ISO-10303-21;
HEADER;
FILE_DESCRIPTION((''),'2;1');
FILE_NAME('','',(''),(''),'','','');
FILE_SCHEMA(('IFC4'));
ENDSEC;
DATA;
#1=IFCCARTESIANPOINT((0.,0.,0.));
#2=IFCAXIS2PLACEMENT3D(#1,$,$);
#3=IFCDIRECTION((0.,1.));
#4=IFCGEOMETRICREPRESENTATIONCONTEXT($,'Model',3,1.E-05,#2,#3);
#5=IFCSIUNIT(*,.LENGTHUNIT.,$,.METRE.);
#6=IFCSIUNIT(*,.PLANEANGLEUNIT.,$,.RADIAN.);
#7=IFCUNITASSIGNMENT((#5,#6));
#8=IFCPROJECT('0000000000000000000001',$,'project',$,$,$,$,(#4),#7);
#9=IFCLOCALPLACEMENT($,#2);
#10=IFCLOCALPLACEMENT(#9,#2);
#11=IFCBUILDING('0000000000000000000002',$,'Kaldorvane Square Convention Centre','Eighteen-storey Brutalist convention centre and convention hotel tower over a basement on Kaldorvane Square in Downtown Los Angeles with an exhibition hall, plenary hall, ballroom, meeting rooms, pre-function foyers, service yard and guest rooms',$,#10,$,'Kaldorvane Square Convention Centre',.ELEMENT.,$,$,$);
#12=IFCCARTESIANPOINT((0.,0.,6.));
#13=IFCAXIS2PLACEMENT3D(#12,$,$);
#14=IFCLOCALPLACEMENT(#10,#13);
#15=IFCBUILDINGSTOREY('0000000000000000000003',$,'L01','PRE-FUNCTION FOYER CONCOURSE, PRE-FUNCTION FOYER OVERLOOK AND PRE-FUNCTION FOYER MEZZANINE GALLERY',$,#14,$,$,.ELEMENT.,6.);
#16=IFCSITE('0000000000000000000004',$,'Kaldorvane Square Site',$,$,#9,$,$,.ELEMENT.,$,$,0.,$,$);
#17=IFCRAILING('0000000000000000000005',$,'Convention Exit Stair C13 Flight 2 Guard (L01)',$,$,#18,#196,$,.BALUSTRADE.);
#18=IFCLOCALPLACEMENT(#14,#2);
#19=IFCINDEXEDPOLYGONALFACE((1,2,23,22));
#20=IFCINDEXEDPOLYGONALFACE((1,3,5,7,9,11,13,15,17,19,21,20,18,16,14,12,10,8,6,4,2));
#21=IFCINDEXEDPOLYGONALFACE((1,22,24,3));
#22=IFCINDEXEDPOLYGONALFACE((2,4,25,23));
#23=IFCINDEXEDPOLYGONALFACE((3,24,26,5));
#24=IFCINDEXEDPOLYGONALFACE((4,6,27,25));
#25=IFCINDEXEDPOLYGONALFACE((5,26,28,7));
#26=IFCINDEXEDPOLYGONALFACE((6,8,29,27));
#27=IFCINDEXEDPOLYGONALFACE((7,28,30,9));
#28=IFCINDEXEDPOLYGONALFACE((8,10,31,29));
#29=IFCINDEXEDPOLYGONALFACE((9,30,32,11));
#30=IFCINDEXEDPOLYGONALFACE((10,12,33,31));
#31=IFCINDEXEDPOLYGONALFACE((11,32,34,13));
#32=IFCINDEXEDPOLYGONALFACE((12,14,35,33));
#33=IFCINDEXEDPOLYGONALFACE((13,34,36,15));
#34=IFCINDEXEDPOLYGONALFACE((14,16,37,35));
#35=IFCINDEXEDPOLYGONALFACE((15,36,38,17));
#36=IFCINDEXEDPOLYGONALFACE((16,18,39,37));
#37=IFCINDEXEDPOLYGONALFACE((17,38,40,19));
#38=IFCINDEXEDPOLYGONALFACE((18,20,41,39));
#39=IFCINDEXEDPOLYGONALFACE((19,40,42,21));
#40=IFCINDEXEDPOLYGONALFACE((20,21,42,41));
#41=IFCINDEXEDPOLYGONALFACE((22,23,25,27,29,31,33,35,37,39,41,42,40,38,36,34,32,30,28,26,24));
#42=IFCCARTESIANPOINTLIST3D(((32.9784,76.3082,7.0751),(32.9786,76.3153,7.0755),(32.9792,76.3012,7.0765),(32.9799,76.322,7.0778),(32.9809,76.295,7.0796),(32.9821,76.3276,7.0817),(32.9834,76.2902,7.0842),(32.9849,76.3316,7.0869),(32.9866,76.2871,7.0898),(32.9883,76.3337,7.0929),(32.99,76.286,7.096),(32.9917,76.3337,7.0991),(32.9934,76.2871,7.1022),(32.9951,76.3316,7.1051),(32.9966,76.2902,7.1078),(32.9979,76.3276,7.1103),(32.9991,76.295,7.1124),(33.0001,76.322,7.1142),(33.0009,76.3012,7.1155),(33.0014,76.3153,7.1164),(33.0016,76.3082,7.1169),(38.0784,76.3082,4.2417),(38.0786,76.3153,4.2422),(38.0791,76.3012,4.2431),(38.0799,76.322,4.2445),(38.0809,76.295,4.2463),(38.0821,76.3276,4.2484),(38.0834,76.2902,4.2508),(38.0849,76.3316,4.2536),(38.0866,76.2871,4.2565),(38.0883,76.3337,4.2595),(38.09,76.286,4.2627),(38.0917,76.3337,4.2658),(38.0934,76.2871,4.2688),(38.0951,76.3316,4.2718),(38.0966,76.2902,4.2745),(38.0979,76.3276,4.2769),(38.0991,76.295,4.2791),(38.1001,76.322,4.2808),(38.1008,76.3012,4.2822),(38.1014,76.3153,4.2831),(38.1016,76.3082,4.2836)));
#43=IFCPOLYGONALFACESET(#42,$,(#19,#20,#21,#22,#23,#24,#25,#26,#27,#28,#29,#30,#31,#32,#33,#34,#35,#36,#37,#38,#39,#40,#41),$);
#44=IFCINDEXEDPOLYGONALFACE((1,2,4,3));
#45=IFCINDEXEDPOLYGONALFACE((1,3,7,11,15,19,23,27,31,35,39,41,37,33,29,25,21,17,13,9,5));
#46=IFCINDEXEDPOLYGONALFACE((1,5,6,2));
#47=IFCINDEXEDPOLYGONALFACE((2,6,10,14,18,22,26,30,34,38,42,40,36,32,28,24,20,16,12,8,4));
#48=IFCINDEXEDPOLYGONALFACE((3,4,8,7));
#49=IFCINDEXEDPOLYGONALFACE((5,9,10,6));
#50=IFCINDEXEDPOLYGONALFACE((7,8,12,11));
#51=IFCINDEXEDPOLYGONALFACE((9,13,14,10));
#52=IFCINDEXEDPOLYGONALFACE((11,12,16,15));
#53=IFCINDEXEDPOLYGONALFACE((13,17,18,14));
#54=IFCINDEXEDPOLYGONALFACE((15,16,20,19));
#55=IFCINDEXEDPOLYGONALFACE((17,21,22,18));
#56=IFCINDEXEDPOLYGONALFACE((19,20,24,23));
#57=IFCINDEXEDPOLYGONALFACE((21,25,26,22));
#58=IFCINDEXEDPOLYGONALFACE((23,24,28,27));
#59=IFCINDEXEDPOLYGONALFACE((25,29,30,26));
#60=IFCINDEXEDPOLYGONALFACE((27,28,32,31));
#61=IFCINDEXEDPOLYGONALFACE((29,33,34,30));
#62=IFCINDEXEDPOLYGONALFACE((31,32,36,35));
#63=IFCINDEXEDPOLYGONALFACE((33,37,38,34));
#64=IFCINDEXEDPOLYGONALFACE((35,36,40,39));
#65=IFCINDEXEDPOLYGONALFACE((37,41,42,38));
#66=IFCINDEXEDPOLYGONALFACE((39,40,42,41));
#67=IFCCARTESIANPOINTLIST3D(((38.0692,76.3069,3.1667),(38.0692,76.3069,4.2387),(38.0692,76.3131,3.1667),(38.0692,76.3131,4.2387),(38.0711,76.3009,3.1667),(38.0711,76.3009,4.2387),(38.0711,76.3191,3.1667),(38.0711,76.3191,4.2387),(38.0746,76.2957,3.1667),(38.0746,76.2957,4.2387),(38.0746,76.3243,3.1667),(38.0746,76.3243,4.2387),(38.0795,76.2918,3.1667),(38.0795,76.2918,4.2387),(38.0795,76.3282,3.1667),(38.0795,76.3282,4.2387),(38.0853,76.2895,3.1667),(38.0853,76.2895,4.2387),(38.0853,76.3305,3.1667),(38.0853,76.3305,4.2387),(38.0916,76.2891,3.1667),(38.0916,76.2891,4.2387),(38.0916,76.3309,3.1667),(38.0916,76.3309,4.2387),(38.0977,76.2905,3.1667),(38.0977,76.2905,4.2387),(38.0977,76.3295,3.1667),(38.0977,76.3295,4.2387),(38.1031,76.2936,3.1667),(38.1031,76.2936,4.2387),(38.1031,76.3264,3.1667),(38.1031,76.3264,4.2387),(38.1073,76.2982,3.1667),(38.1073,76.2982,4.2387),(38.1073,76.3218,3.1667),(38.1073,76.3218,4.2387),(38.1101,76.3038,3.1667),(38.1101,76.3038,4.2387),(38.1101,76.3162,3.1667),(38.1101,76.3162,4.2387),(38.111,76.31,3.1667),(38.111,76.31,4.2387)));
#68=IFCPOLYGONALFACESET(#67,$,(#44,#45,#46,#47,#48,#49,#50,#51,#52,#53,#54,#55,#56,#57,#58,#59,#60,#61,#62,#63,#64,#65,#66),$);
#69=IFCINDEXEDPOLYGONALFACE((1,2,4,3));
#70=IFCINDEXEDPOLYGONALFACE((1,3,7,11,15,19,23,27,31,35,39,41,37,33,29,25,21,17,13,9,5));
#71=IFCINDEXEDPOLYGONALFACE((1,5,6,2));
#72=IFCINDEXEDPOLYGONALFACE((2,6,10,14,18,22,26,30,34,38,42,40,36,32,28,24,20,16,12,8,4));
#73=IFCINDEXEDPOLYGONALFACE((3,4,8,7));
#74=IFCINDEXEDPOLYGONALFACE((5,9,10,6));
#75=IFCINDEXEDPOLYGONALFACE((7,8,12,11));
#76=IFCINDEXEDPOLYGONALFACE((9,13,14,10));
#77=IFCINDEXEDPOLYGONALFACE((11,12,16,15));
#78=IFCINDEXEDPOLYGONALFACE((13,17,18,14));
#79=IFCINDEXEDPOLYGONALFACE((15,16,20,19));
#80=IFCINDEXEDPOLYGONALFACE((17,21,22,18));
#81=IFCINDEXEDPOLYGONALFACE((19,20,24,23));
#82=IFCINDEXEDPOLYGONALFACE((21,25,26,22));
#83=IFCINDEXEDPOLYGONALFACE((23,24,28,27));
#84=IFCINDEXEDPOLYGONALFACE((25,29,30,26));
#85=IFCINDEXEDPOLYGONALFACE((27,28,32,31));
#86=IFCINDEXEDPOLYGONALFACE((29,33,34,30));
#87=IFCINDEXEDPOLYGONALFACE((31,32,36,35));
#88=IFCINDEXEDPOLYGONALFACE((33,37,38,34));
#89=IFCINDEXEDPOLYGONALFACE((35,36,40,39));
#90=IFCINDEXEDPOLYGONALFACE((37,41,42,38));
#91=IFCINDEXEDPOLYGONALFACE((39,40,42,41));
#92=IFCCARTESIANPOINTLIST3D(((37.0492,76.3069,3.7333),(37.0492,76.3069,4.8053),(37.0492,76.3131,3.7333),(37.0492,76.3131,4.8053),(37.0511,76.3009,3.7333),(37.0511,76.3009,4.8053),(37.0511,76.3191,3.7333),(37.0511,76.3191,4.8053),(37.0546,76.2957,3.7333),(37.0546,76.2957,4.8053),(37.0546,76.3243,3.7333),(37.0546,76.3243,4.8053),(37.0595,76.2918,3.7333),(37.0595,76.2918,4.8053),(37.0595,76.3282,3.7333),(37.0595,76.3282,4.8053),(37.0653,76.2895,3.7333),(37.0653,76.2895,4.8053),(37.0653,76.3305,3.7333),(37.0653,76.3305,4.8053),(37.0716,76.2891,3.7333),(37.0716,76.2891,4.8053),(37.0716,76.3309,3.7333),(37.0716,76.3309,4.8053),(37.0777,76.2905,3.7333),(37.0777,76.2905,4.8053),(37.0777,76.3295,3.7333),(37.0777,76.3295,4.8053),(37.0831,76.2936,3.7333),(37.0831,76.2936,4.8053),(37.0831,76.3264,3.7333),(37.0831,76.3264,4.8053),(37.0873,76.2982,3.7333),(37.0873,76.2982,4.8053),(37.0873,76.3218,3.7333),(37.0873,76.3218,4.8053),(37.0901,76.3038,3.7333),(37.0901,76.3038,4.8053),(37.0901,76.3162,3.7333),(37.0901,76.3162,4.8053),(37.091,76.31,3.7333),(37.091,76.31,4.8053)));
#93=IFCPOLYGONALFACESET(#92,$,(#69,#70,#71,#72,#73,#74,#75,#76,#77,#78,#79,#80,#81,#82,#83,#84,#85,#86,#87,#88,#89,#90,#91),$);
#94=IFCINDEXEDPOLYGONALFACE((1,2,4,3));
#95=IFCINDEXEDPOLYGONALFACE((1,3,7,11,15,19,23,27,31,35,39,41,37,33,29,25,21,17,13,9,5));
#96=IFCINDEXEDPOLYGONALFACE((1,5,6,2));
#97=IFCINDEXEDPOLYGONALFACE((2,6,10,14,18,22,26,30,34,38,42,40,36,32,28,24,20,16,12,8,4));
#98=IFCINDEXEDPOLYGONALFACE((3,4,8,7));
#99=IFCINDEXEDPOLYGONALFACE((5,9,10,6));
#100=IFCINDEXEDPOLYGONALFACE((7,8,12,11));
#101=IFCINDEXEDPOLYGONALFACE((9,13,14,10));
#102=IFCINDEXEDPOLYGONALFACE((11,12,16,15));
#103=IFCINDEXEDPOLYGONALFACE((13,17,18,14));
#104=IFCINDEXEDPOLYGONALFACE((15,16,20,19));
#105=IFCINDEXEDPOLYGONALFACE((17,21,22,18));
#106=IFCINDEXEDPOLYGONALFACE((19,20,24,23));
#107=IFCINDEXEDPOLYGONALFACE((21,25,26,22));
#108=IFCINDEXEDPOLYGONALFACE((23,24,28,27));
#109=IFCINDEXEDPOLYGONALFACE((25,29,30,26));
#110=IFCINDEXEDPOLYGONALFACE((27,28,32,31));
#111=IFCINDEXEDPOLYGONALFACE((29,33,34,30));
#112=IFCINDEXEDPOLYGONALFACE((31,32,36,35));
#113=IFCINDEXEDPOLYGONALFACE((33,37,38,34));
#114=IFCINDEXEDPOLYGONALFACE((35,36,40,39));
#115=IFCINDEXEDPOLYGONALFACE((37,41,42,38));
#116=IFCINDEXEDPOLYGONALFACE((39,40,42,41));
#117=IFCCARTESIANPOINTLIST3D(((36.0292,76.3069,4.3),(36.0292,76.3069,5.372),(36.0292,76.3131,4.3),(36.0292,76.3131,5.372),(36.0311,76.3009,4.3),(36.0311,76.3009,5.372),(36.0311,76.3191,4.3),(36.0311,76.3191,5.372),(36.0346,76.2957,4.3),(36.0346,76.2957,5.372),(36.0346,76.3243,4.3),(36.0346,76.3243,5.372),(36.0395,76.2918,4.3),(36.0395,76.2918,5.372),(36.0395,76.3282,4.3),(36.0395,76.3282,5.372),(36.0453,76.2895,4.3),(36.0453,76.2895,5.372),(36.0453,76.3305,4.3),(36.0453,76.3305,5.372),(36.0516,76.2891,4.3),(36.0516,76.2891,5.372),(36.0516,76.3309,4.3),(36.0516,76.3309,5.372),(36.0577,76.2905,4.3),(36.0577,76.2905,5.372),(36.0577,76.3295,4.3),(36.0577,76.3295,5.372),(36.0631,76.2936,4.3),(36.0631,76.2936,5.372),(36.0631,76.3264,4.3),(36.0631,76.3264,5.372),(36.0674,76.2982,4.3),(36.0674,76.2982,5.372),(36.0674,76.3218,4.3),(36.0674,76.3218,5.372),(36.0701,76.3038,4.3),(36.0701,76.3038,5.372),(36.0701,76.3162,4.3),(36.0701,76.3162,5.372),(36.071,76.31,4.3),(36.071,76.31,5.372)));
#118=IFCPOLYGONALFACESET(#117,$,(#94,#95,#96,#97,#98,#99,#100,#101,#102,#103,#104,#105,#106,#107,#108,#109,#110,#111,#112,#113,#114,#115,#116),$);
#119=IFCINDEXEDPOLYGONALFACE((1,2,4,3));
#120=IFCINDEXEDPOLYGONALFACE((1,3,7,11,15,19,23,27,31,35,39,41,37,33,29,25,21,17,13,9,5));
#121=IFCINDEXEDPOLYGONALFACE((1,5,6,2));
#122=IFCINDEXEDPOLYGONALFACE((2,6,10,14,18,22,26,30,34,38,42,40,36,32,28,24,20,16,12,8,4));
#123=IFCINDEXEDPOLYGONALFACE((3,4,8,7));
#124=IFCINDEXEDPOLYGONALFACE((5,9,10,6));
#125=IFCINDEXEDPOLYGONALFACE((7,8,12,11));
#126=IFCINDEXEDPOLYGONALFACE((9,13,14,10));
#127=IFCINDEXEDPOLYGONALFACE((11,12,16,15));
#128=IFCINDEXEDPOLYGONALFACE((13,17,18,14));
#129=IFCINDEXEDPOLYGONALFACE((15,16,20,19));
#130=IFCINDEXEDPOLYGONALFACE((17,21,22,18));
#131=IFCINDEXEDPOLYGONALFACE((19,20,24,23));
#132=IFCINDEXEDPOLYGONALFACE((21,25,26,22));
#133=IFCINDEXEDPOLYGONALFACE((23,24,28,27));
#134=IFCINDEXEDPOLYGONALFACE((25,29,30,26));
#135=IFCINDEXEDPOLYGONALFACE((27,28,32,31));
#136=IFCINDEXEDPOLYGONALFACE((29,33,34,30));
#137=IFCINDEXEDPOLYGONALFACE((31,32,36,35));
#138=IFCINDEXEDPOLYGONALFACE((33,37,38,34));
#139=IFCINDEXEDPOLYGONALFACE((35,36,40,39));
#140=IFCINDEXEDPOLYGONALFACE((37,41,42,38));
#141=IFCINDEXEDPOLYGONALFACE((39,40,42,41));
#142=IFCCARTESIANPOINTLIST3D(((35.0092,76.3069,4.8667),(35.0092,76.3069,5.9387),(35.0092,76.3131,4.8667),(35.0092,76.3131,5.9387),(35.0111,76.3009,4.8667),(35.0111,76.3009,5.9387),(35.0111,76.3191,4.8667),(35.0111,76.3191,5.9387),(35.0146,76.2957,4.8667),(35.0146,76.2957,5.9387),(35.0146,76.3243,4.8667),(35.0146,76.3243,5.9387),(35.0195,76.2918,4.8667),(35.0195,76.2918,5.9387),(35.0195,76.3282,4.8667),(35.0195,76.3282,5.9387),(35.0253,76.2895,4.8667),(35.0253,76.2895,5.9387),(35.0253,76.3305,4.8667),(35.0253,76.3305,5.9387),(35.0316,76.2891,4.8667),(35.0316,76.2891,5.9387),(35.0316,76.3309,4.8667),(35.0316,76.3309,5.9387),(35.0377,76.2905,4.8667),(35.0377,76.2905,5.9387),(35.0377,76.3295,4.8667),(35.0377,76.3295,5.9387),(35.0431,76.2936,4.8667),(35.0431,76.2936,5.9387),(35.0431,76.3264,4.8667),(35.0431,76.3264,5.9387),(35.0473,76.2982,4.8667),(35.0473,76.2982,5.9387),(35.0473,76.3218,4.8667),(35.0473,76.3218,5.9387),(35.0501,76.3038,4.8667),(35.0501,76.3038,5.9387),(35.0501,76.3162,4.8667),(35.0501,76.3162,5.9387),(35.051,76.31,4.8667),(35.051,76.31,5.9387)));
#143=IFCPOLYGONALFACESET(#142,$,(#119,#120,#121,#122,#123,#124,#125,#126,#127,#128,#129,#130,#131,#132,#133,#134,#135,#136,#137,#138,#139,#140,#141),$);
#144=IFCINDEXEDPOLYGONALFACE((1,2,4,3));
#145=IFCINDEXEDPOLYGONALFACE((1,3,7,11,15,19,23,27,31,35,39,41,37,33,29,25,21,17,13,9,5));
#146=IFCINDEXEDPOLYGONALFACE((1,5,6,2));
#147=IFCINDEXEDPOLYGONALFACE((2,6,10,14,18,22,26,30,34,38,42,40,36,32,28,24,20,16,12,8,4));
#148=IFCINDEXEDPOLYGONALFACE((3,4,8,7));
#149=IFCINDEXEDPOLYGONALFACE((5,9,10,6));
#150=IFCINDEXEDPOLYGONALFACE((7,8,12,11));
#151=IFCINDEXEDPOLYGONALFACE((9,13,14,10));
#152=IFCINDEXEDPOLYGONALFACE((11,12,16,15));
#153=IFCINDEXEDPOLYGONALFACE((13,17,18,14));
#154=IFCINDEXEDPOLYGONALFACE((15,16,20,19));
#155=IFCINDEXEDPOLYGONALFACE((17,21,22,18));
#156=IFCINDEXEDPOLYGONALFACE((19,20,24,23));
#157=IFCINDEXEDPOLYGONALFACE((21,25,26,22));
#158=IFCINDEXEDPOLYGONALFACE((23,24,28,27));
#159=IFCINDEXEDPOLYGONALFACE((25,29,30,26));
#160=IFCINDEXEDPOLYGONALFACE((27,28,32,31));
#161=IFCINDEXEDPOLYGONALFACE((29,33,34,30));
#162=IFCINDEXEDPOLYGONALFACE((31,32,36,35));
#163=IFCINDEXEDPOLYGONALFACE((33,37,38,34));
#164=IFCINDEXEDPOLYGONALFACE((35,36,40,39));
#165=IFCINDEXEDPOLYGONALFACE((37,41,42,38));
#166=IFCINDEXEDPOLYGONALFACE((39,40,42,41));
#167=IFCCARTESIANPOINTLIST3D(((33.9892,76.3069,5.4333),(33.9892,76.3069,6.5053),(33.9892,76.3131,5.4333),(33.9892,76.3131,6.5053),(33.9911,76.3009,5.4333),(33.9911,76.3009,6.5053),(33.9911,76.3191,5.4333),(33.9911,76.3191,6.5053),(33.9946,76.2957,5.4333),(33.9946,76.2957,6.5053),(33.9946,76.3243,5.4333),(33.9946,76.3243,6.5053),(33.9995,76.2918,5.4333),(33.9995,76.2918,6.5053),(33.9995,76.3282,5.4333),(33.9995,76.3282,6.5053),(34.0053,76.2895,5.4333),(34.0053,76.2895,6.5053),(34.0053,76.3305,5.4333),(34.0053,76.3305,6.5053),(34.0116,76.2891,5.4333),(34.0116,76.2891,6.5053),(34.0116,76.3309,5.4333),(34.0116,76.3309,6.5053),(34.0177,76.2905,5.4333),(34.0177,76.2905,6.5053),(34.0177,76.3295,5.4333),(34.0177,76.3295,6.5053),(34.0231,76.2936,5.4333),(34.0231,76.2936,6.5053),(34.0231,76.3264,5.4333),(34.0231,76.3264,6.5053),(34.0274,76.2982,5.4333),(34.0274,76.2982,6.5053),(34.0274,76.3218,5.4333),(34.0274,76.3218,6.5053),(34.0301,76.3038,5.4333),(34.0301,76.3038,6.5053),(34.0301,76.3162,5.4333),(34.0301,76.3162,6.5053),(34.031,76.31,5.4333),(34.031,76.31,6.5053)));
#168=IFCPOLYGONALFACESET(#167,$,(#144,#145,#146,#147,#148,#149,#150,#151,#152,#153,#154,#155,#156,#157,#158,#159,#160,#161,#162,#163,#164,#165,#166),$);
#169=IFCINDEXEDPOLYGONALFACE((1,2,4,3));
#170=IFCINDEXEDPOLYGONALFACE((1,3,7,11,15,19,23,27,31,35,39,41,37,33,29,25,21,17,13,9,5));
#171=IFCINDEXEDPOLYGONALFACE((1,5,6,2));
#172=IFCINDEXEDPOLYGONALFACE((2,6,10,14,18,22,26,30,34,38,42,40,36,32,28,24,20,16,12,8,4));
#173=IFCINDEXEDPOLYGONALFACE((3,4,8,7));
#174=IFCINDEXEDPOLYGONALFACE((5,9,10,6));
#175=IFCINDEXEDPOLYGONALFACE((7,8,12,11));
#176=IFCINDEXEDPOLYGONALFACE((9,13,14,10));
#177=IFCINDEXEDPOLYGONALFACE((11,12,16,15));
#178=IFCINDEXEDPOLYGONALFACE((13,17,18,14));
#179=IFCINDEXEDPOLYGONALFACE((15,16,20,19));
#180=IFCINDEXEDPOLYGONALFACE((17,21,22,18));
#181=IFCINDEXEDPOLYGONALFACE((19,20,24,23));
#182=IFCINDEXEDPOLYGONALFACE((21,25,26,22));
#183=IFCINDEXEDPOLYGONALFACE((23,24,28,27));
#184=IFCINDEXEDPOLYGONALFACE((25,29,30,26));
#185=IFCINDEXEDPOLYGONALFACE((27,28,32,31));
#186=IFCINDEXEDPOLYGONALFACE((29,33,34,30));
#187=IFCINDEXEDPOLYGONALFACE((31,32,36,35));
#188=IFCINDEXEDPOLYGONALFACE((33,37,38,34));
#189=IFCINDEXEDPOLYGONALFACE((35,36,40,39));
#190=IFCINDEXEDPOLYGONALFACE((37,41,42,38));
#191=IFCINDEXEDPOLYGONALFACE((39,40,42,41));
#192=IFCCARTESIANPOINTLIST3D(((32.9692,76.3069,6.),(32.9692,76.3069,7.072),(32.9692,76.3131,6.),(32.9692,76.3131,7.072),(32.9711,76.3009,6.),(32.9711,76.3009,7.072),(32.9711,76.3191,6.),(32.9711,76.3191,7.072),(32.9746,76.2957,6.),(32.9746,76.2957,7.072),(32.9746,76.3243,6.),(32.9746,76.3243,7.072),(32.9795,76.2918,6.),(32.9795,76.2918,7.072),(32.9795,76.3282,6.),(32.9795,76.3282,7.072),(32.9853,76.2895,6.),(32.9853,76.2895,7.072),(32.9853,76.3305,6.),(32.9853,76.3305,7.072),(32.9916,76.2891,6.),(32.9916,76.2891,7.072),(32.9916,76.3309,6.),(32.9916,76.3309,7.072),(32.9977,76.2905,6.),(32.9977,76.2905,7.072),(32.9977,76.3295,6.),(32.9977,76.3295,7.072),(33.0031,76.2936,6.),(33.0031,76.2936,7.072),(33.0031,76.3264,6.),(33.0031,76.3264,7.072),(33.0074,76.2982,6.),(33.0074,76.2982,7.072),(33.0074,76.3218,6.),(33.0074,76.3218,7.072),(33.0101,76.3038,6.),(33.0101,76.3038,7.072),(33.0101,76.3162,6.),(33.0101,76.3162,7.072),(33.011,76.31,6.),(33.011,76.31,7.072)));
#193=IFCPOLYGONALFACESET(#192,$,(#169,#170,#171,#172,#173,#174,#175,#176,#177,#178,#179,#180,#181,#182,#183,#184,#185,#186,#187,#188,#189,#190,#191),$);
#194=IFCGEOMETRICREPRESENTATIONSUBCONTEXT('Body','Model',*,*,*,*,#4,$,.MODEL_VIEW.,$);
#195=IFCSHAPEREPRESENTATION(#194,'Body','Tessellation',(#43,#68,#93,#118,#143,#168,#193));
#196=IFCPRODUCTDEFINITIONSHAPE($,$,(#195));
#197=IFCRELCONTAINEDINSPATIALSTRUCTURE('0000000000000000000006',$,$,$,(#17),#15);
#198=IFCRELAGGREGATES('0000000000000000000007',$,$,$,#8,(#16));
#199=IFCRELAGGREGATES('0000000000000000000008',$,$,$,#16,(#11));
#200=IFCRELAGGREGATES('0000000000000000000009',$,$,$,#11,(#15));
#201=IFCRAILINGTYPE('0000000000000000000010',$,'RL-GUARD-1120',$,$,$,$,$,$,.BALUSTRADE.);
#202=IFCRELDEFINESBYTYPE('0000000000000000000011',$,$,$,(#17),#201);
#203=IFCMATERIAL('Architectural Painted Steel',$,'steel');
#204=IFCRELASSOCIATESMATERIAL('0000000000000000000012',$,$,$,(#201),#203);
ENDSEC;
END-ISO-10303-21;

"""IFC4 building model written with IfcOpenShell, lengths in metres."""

from ifc_helpers import new_model, si_unit, direction, frame, origin, origin_2d, place, context, subcontext, project, spatial, circle, extrude, material, type_object, element, save


model = new_model("IFC4")

# Units and contexts
model_context = context("Model", 3, precision=1e-05, world=origin(), true_north=direction((0.0, 1.0)))
body_context = subcontext(model_context, "Body", "Model", "MODEL_VIEW")
ifc_project = project(units=[si_unit("LENGTHUNIT", "METRE"), si_unit("PLANEANGLEUNIT", "RADIAN")], contexts=[model_context])

# Site, building, storey
site_placement = place(None, origin())
site = spatial("IfcSite", under=ifc_project, at=site_placement, Name="Kaldorvane Square Site", CompositionType="ELEMENT", RefElevation=0.0)
building_placement = place(site_placement, origin())
building = spatial("IfcBuilding", under=site, at=building_placement, Name="Kaldorvane Square Convention Centre", Description="Eighteen-storey Brutalist convention centre and convention hotel tower over a basement on Kaldorvane Square in Downtown Los Angeles with an exhibition hall, plenary hall, ballroom, meeting rooms, pre-function foyers, service yard and guest rooms", LongName="Kaldorvane Square Convention Centre", CompositionType="ELEMENT")
storey_placement = place(building_placement, frame((0.0, 0.0, 6.0)))
storey = spatial("IfcBuildingStorey", under=building, at=storey_placement, Name="L01", Description="PRE-FUNCTION FOYER CONCOURSE, PRE-FUNCTION FOYER OVERLOOK AND PRE-FUNCTION FOYER MEZZANINE GALLERY", CompositionType="ELEMENT", Elevation=6.0)

# Railing
ifc_material_1 = material(Name="Architectural Painted Steel", Category="steel")
railing_type_1 = type_object("IfcRailingType", Name="RL-GUARD-1120", PredefinedType="BALUSTRADE", material=ifc_material_1)
railing_1_placement = place(storey_placement, frame((38.09, 76.31, 3.1667)))
element("IfcRailing", 1, at=railing_1_placement, inside=storey, type_object=railing_type_1, Name="Convention Exit Stair C13 Flight 2 Guard (L01)", PredefinedType="BALUSTRADE", context=body_context, shape_type="SweptSolid", body=[
    extrude(circle(Radius=0.024, at=origin_2d()), frame((0.0, 0.0, 1.096), z_axis=(-0.874157, 0.0, 0.485643), x_axis=(0.0, -1.0, 0.0)), (0.0, 0.0, 1.0), 5.8342),
    extrude(circle(Radius=0.021, at=origin_2d()), origin(), (0.0, 0.0, 1.0), 1.072),
    extrude(circle(Radius=0.021, at=origin_2d()), frame((-1.02, 0.0, 0.5667)), (0.0, 0.0, 1.0), 1.072),
    extrude(circle(Radius=0.021, at=origin_2d()), frame((-2.04, 0.0, 1.1333)), (0.0, 0.0, 1.0), 1.072),
    extrude(circle(Radius=0.021, at=origin_2d()), frame((-3.06, 0.0, 1.7)), (0.0, 0.0, 1.0), 1.072),
    extrude(circle(Radius=0.021, at=origin_2d()), frame((-4.08, 0.0, 2.2667)), (0.0, 0.0, 1.0), 1.072),
    extrude(circle(Radius=0.021, at=origin_2d()), frame((-5.1, 0.0, 2.8333)), (0.0, 0.0, 1.0), 1.072),
])

save(model, "model.ifc")
